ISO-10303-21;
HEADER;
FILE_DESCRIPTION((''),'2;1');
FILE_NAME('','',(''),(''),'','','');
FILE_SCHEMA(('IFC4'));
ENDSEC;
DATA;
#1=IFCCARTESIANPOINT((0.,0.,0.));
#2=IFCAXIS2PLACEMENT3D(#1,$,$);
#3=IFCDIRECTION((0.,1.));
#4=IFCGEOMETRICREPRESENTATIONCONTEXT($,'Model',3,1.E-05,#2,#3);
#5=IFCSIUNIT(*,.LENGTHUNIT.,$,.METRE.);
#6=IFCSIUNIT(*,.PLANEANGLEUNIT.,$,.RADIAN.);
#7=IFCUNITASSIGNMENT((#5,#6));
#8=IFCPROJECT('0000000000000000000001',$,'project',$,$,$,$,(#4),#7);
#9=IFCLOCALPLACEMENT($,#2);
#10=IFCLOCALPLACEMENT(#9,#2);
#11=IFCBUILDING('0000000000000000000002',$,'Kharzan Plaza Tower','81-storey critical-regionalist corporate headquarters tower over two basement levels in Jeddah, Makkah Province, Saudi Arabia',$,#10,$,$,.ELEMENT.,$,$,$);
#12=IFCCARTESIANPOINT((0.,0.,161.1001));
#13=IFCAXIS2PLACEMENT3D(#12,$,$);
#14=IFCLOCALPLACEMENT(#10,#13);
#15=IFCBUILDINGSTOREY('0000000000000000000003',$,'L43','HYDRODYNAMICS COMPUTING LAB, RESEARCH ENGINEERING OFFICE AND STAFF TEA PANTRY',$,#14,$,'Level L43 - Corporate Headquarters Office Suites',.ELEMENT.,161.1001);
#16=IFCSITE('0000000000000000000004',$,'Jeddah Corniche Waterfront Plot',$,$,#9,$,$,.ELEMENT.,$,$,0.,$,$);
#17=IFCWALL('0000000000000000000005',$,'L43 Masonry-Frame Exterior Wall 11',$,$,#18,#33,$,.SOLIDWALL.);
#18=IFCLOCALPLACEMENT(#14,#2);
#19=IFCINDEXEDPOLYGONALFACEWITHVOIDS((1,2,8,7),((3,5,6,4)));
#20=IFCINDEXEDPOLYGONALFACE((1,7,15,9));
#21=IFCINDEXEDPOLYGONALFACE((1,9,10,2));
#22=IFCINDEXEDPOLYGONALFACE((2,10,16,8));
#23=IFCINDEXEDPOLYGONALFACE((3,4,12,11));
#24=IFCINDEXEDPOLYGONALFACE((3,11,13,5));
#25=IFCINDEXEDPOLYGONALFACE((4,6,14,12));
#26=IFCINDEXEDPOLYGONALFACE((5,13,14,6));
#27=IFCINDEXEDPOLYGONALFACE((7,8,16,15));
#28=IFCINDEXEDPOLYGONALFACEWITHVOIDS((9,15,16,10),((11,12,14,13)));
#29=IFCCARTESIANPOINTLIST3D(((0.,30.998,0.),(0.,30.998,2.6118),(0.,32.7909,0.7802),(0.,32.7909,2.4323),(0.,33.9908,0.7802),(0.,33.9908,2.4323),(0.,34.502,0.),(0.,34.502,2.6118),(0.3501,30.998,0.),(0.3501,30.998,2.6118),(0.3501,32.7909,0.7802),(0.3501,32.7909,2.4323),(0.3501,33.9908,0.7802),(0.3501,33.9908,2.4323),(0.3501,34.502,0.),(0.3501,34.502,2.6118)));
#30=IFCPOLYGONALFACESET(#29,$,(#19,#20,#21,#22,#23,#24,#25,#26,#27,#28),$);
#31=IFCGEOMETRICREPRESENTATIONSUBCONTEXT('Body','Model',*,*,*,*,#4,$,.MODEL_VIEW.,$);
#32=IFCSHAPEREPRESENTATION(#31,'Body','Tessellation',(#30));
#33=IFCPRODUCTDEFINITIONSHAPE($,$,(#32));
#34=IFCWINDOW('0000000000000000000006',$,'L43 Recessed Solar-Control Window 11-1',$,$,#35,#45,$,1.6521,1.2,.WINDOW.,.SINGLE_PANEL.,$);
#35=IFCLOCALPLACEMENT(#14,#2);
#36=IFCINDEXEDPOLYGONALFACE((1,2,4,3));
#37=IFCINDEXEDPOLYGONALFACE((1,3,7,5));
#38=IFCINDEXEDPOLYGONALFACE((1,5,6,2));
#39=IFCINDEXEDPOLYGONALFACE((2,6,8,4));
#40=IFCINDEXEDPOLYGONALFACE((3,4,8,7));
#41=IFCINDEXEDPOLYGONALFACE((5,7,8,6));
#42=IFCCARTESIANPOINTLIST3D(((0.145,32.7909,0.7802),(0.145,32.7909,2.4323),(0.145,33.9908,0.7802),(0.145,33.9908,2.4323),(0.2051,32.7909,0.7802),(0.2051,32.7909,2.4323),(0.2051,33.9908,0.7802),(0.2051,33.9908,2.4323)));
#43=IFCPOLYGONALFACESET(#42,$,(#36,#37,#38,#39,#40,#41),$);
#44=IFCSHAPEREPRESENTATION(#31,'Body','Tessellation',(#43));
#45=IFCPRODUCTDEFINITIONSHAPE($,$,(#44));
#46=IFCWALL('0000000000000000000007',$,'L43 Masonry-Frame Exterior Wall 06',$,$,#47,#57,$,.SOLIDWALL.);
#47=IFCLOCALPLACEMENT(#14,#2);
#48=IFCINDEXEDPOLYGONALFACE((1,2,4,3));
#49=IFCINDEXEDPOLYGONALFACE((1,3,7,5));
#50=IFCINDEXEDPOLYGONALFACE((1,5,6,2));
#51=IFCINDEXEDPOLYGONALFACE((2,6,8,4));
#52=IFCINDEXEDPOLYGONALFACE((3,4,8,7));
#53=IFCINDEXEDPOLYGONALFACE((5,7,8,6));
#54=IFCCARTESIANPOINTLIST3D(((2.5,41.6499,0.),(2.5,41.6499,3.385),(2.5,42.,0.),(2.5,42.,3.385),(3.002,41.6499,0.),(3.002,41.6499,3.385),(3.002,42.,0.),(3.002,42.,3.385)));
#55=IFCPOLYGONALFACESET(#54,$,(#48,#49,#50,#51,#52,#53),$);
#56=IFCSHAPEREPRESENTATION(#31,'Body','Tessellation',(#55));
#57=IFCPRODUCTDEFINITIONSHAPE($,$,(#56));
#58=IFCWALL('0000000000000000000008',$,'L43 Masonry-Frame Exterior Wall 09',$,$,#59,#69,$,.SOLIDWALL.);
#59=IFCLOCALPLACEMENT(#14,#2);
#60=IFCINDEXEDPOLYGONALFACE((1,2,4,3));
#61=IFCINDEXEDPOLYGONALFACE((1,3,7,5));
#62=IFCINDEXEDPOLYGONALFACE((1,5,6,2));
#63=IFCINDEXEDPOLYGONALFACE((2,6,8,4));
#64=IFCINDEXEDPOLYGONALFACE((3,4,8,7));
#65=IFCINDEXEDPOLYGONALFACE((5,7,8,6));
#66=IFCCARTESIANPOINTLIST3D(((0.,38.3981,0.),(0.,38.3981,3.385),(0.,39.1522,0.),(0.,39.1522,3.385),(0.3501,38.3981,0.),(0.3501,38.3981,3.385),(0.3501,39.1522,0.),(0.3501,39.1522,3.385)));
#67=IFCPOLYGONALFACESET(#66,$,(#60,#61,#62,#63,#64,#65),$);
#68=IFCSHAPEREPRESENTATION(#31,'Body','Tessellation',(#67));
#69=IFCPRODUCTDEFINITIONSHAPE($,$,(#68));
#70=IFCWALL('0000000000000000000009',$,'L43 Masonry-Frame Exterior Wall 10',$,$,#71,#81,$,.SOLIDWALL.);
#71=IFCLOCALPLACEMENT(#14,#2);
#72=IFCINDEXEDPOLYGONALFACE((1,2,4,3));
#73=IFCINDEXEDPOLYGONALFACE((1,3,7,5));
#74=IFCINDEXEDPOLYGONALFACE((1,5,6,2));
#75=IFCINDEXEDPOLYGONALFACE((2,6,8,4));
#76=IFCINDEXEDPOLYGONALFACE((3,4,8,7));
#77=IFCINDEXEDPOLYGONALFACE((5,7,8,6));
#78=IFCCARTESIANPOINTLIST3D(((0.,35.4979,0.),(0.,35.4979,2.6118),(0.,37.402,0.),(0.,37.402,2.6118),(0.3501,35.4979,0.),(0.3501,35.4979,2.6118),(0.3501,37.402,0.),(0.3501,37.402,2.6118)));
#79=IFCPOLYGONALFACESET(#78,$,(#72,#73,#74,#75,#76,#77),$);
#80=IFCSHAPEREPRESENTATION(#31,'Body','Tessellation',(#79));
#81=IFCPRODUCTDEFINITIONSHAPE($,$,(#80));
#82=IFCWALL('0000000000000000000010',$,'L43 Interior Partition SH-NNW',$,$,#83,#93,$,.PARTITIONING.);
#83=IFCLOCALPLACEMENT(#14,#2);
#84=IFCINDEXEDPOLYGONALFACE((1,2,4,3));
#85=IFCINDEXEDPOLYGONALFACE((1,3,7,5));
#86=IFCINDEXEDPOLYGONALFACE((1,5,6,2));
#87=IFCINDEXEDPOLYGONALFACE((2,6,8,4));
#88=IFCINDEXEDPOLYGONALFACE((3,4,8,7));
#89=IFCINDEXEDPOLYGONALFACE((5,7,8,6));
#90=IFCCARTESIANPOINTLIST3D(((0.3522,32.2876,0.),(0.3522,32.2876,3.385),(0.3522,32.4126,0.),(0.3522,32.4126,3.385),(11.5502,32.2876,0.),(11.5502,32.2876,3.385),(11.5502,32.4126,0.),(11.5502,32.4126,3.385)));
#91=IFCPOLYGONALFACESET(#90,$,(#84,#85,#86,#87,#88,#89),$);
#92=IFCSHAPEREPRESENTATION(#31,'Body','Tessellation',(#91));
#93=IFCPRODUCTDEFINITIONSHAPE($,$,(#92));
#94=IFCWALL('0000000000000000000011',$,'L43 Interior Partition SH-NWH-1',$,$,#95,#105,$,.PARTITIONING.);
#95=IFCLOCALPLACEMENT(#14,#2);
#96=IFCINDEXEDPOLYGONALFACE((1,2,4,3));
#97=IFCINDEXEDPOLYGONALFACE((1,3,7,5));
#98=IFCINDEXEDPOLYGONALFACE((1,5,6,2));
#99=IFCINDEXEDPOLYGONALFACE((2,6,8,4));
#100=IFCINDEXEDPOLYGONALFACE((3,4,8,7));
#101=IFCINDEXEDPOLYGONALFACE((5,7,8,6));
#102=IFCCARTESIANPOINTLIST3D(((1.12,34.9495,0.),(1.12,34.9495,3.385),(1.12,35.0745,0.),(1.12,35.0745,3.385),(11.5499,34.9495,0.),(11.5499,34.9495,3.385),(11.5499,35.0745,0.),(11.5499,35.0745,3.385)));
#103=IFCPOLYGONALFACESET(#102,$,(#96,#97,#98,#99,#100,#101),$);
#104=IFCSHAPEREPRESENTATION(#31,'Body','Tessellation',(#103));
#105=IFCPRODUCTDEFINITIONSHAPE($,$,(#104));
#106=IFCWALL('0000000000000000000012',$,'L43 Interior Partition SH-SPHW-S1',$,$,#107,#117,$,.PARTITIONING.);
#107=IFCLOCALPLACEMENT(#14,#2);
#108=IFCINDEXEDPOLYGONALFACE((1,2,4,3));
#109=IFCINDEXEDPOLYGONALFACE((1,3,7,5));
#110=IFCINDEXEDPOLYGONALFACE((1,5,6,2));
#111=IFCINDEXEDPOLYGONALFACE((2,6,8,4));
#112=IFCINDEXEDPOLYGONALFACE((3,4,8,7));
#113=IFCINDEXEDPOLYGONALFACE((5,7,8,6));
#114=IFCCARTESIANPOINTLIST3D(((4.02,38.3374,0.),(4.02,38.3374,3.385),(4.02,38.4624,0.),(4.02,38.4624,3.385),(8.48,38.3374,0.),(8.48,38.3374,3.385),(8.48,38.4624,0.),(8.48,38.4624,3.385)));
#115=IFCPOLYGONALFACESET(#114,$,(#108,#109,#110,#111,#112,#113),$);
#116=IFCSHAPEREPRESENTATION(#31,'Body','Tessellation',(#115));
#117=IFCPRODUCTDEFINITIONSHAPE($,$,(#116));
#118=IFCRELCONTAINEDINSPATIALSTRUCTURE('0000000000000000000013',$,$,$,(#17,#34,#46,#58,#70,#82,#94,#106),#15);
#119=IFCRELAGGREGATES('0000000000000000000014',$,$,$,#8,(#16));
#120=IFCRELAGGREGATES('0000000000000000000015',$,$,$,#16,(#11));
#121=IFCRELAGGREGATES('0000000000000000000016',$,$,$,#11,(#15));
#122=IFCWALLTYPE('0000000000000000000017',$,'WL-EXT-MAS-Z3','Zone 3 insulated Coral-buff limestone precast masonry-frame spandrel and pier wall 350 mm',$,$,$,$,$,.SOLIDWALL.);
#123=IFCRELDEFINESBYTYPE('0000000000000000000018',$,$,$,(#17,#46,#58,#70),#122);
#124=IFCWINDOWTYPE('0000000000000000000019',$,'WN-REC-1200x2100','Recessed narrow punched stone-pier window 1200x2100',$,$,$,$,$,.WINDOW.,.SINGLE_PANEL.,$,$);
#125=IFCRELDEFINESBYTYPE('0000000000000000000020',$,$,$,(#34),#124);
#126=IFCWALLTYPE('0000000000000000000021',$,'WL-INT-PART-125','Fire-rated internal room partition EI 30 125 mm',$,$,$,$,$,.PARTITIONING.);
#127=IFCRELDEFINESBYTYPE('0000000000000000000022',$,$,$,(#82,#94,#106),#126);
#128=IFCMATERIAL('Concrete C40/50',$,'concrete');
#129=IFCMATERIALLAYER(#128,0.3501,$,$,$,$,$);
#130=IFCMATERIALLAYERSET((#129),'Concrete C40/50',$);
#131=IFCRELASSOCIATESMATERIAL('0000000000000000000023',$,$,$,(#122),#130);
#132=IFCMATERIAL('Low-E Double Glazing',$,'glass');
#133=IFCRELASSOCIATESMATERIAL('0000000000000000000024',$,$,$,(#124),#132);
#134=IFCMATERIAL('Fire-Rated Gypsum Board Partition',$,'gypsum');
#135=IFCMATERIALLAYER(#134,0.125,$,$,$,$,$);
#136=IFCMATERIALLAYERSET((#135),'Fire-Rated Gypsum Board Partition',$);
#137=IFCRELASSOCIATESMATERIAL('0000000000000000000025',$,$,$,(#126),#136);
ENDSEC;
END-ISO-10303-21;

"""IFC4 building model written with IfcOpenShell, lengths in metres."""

from ifc_helpers import new_model, si_unit, direction, frame, frame_2d, origin, place, context, subcontext, project, spatial, rectangle, extrude, source, transform, mapped, material, layer, layer_set, type_object, element, fill, save


model = new_model("IFC4")

# Units and contexts
model_context = context("Model", 3, precision=1e-05, world=origin(), true_north=direction((0.0, 1.0)))
body_context = subcontext(model_context, "Body", "Model", "MODEL_VIEW")
ifc_project = project(units=[si_unit("LENGTHUNIT", "METRE"), si_unit("PLANEANGLEUNIT", "RADIAN")], contexts=[model_context])

# Site, building, storey
site_placement = place(None, origin())
site = spatial("IfcSite", under=ifc_project, at=site_placement, Name="Jeddah Corniche Waterfront Plot", CompositionType="ELEMENT", RefElevation=0.0)
building_placement = place(site_placement, origin())
building = spatial("IfcBuilding", under=site, at=building_placement, Name="Kharzan Plaza Tower", Description="81-storey critical-regionalist corporate headquarters tower over two basement levels in Jeddah, Makkah Province, Saudi Arabia", CompositionType="ELEMENT")
storey_placement = place(building_placement, frame((0.0, 0.0, 161.1001)))
storey = spatial("IfcBuildingStorey", under=building, at=storey_placement, Name="L43", Description="HYDRODYNAMICS COMPUTING LAB, RESEARCH ENGINEERING OFFICE AND STAFF TEA PANTRY", LongName="Level L43 - Corporate Headquarters Office Suites", CompositionType="ELEMENT", Elevation=161.1001)

# Wall, opening, window
ifc_material_1 = material(Name="Concrete C40/50", Category="concrete")
ifc_layer_1 = layer(ifc_material_1, 0.3501)
ifc_layer_set_1 = layer_set([ifc_layer_1], Name="Concrete C40/50")
wall_type_1 = type_object("IfcWallType", Name="WL-EXT-MAS-Z3", Description="Zone 3 insulated Coral-buff limestone precast masonry-frame spandrel and pier wall 350 mm", PredefinedType="SOLIDWALL", material=ifc_layer_set_1)
ifc_material_2 = material(Name="Low-E Double Glazing", Category="glass")
window_type_1 = type_object("IfcWindowType", Name="WN-REC-1200x2100", Description="Recessed narrow punched stone-pier window 1200x2100", PartitioningType="SINGLE_PANEL", PredefinedType="WINDOW", material=ifc_material_2)
wall_1_placement = place(storey_placement, frame((0.175, 34.502, 0.0), z_axis=(0.0, 0.0, 1.0), x_axis=(0.0, -1.0, 0.0)))
wall_1 = element("IfcWall", 1, at=wall_1_placement, inside=storey, type_object=wall_type_1, Name="L43 Masonry-Frame Exterior Wall 11", PredefinedType="SOLIDWALL", context=body_context, shape_type="SweptSolid", body=[
    extrude(rectangle(XDim=3.5039, YDim=0.3501, at=frame_2d((1.752, 0.0))), origin(), (0.0, 0.0, 1.0), 2.6118),
])
opening_1_placement = place(wall_1_placement, frame((0.511, 0.0, 0.78)))
opening_1 = element("IfcOpeningElement", 2, at=opening_1_placement, cuts=wall_1, PredefinedType="OPENING", context=body_context, shape_type="SweptSolid", body=[
    extrude(rectangle(XDim=1.2, YDim=1.6521, at=frame_2d((0.6001, 0.8262))), frame((0.0, 0.1851, 0.0), z_axis=(0.0, -1.0, 0.0), x_axis=(1.0, 0.0, 0.0)), (0.0, 0.0, 1.0), 0.3701),
])
shared_shape_1 = source(origin(), body_context, "Body", "SweptSolid", [
    extrude(rectangle(XDim=1.2, YDim=1.6521, at=frame_2d((0.6001, 0.8262))), frame((0.0, 0.03, 0.0), z_axis=(0.0, -1.0, 0.0), x_axis=(1.0, 0.0, 0.0)), (0.0, 0.0, 1.0), 0.0601),
])
window_1_placement = place(opening_1_placement, origin())
window_1 = element("IfcWindow", 3, at=window_1_placement, inside=storey, type_object=window_type_1, Name="L43 Recessed Solar-Control Window 11-1", OverallHeight=1.6521, OverallWidth=1.2, PartitioningType="SINGLE_PANEL", PredefinedType="WINDOW", context=body_context, shape_type="MappedRepresentation", body=[
    mapped(shared_shape_1, transform((0.0, 0.0, 0.0), x_axis=(1.0, 0.0, 0.0), y_axis=(0.0, 1.0, 0.0), z_axis=(0.0, 0.0, 1.0))),
])
fill(opening_1, window_1)

# Walls
shared_shape_2 = source(origin(), body_context, "Body", "SweptSolid", [
    extrude(rectangle(XDim=0.502, YDim=0.3501, at=frame_2d((0.251, 0.0))), origin(), (0.0, 0.0, 1.0), 3.385),
])
wall_2_placement = place(storey_placement, frame((3.002, 41.825, 0.0), z_axis=(0.0, 0.0, 1.0), x_axis=(-1.0, 0.0, 0.0)))
element("IfcWall", 4, at=wall_2_placement, inside=storey, type_object=wall_type_1, Name="L43 Masonry-Frame Exterior Wall 06", PredefinedType="SOLIDWALL", context=body_context, shape_type="MappedRepresentation", body=[
    mapped(shared_shape_2, transform((0.0, 0.0, 0.0), x_axis=(1.0, 0.0, 0.0), y_axis=(0.0, 1.0, 0.0), z_axis=(0.0, 0.0, 1.0))),
])
shared_shape_3 = source(origin(), body_context, "Body", "SweptSolid", [
    extrude(rectangle(XDim=0.7542, YDim=0.3501, at=frame_2d((0.377, 0.0))), origin(), (0.0, 0.0, 1.0), 3.385),
])
wall_3_placement = place(storey_placement, frame((0.175, 39.1521, 0.0), z_axis=(0.0, 0.0, 1.0), x_axis=(0.0, -1.0, 0.0)))
element("IfcWall", 5, at=wall_3_placement, inside=storey, type_object=wall_type_1, Name="L43 Masonry-Frame Exterior Wall 09", PredefinedType="SOLIDWALL", context=body_context, shape_type="MappedRepresentation", body=[
    mapped(shared_shape_3, transform((0.0, 0.0, 0.0), x_axis=(1.0, 0.0, 0.0), y_axis=(0.0, 1.0, 0.0), z_axis=(0.0, 0.0, 1.0))),
])
shared_shape_4 = source(origin(), body_context, "Body", "SweptSolid", [
    extrude(rectangle(XDim=1.9041, YDim=0.3501, at=frame_2d((0.9521, 0.0))), origin(), (0.0, 0.0, 1.0), 2.6118),
])
wall_4_placement = place(storey_placement, frame((0.175, 37.4021, 0.0), z_axis=(0.0, 0.0, 1.0), x_axis=(0.0, -1.0, 0.0)))
element("IfcWall", 6, at=wall_4_placement, inside=storey, type_object=wall_type_1, Name="L43 Masonry-Frame Exterior Wall 10", PredefinedType="SOLIDWALL", context=body_context, shape_type="MappedRepresentation", body=[
    mapped(shared_shape_4, transform((0.0, 0.0, 0.0), x_axis=(1.0, 0.0, 0.0), y_axis=(0.0, 1.0, 0.0), z_axis=(0.0, 0.0, 1.0))),
])
ifc_material_3 = material(Name="Fire-Rated Gypsum Board Partition", Category="gypsum")
ifc_layer_2 = layer(ifc_material_3, 0.125)
ifc_layer_set_2 = layer_set([ifc_layer_2], Name="Fire-Rated Gypsum Board Partition")
wall_type_2 = type_object("IfcWallType", Name="WL-INT-PART-125", Description="Fire-rated internal room partition EI 30 125 mm", PredefinedType="PARTITIONING", material=ifc_layer_set_2)
shared_shape_5 = source(origin(), body_context, "Body", "SweptSolid", [
    extrude(rectangle(XDim=11.198, YDim=0.125, at=frame_2d((5.5991, 0.0))), origin(), (0.0, 0.0, 1.0), 3.385),
])
wall_5_placement = place(storey_placement, frame((0.3521, 32.3501, 0.0), z_axis=(0.0, 0.0, 1.0), x_axis=(1.0, 0.0, 0.0)))
element("IfcWall", 7, at=wall_5_placement, inside=storey, type_object=wall_type_2, Name="L43 Interior Partition SH-NNW", PredefinedType="PARTITIONING", context=body_context, shape_type="MappedRepresentation", body=[
    mapped(shared_shape_5, transform((0.0, 0.0, 0.0), x_axis=(1.0, 0.0, 0.0), y_axis=(0.0, 1.0, 0.0), z_axis=(0.0, 0.0, 1.0))),
])
shared_shape_6 = source(origin(), body_context, "Body", "SweptSolid", [
    extrude(rectangle(XDim=10.4299, YDim=0.125, at=frame_2d((5.2148, 0.0))), origin(), (0.0, 0.0, 1.0), 3.385),
])
wall_6_placement = place(storey_placement, frame((1.1201, 35.012, 0.0), z_axis=(0.0, 0.0, 1.0), x_axis=(1.0, 0.0, 0.0)))
element("IfcWall", 8, at=wall_6_placement, inside=storey, type_object=wall_type_2, Name="L43 Interior Partition SH-NWH-1", PredefinedType="PARTITIONING", context=body_context, shape_type="MappedRepresentation", body=[
    mapped(shared_shape_6, transform((0.0, 0.0, 0.0), x_axis=(1.0, 0.0, 0.0), y_axis=(0.0, 1.0, 0.0), z_axis=(0.0, 0.0, 1.0))),
])
shared_shape_7 = source(origin(), body_context, "Body", "SweptSolid", [
    extrude(rectangle(XDim=4.46, YDim=0.125, at=frame_2d((2.23, 0.0))), origin(), (0.0, 0.0, 1.0), 3.385),
])
wall_7_placement = place(storey_placement, frame((4.02, 38.3999, 0.0), z_axis=(0.0, 0.0, 1.0), x_axis=(1.0, 0.0, 0.0)))
element("IfcWall", 9, at=wall_7_placement, inside=storey, type_object=wall_type_2, Name="L43 Interior Partition SH-SPHW-S1", PredefinedType="PARTITIONING", context=body_context, shape_type="MappedRepresentation", body=[
    mapped(shared_shape_7, transform((0.0, 0.0, 0.0), x_axis=(1.0, 0.0, 0.0), y_axis=(0.0, 1.0, 0.0), z_axis=(0.0, 0.0, 1.0))),
])

save(model, "model.ifc")
